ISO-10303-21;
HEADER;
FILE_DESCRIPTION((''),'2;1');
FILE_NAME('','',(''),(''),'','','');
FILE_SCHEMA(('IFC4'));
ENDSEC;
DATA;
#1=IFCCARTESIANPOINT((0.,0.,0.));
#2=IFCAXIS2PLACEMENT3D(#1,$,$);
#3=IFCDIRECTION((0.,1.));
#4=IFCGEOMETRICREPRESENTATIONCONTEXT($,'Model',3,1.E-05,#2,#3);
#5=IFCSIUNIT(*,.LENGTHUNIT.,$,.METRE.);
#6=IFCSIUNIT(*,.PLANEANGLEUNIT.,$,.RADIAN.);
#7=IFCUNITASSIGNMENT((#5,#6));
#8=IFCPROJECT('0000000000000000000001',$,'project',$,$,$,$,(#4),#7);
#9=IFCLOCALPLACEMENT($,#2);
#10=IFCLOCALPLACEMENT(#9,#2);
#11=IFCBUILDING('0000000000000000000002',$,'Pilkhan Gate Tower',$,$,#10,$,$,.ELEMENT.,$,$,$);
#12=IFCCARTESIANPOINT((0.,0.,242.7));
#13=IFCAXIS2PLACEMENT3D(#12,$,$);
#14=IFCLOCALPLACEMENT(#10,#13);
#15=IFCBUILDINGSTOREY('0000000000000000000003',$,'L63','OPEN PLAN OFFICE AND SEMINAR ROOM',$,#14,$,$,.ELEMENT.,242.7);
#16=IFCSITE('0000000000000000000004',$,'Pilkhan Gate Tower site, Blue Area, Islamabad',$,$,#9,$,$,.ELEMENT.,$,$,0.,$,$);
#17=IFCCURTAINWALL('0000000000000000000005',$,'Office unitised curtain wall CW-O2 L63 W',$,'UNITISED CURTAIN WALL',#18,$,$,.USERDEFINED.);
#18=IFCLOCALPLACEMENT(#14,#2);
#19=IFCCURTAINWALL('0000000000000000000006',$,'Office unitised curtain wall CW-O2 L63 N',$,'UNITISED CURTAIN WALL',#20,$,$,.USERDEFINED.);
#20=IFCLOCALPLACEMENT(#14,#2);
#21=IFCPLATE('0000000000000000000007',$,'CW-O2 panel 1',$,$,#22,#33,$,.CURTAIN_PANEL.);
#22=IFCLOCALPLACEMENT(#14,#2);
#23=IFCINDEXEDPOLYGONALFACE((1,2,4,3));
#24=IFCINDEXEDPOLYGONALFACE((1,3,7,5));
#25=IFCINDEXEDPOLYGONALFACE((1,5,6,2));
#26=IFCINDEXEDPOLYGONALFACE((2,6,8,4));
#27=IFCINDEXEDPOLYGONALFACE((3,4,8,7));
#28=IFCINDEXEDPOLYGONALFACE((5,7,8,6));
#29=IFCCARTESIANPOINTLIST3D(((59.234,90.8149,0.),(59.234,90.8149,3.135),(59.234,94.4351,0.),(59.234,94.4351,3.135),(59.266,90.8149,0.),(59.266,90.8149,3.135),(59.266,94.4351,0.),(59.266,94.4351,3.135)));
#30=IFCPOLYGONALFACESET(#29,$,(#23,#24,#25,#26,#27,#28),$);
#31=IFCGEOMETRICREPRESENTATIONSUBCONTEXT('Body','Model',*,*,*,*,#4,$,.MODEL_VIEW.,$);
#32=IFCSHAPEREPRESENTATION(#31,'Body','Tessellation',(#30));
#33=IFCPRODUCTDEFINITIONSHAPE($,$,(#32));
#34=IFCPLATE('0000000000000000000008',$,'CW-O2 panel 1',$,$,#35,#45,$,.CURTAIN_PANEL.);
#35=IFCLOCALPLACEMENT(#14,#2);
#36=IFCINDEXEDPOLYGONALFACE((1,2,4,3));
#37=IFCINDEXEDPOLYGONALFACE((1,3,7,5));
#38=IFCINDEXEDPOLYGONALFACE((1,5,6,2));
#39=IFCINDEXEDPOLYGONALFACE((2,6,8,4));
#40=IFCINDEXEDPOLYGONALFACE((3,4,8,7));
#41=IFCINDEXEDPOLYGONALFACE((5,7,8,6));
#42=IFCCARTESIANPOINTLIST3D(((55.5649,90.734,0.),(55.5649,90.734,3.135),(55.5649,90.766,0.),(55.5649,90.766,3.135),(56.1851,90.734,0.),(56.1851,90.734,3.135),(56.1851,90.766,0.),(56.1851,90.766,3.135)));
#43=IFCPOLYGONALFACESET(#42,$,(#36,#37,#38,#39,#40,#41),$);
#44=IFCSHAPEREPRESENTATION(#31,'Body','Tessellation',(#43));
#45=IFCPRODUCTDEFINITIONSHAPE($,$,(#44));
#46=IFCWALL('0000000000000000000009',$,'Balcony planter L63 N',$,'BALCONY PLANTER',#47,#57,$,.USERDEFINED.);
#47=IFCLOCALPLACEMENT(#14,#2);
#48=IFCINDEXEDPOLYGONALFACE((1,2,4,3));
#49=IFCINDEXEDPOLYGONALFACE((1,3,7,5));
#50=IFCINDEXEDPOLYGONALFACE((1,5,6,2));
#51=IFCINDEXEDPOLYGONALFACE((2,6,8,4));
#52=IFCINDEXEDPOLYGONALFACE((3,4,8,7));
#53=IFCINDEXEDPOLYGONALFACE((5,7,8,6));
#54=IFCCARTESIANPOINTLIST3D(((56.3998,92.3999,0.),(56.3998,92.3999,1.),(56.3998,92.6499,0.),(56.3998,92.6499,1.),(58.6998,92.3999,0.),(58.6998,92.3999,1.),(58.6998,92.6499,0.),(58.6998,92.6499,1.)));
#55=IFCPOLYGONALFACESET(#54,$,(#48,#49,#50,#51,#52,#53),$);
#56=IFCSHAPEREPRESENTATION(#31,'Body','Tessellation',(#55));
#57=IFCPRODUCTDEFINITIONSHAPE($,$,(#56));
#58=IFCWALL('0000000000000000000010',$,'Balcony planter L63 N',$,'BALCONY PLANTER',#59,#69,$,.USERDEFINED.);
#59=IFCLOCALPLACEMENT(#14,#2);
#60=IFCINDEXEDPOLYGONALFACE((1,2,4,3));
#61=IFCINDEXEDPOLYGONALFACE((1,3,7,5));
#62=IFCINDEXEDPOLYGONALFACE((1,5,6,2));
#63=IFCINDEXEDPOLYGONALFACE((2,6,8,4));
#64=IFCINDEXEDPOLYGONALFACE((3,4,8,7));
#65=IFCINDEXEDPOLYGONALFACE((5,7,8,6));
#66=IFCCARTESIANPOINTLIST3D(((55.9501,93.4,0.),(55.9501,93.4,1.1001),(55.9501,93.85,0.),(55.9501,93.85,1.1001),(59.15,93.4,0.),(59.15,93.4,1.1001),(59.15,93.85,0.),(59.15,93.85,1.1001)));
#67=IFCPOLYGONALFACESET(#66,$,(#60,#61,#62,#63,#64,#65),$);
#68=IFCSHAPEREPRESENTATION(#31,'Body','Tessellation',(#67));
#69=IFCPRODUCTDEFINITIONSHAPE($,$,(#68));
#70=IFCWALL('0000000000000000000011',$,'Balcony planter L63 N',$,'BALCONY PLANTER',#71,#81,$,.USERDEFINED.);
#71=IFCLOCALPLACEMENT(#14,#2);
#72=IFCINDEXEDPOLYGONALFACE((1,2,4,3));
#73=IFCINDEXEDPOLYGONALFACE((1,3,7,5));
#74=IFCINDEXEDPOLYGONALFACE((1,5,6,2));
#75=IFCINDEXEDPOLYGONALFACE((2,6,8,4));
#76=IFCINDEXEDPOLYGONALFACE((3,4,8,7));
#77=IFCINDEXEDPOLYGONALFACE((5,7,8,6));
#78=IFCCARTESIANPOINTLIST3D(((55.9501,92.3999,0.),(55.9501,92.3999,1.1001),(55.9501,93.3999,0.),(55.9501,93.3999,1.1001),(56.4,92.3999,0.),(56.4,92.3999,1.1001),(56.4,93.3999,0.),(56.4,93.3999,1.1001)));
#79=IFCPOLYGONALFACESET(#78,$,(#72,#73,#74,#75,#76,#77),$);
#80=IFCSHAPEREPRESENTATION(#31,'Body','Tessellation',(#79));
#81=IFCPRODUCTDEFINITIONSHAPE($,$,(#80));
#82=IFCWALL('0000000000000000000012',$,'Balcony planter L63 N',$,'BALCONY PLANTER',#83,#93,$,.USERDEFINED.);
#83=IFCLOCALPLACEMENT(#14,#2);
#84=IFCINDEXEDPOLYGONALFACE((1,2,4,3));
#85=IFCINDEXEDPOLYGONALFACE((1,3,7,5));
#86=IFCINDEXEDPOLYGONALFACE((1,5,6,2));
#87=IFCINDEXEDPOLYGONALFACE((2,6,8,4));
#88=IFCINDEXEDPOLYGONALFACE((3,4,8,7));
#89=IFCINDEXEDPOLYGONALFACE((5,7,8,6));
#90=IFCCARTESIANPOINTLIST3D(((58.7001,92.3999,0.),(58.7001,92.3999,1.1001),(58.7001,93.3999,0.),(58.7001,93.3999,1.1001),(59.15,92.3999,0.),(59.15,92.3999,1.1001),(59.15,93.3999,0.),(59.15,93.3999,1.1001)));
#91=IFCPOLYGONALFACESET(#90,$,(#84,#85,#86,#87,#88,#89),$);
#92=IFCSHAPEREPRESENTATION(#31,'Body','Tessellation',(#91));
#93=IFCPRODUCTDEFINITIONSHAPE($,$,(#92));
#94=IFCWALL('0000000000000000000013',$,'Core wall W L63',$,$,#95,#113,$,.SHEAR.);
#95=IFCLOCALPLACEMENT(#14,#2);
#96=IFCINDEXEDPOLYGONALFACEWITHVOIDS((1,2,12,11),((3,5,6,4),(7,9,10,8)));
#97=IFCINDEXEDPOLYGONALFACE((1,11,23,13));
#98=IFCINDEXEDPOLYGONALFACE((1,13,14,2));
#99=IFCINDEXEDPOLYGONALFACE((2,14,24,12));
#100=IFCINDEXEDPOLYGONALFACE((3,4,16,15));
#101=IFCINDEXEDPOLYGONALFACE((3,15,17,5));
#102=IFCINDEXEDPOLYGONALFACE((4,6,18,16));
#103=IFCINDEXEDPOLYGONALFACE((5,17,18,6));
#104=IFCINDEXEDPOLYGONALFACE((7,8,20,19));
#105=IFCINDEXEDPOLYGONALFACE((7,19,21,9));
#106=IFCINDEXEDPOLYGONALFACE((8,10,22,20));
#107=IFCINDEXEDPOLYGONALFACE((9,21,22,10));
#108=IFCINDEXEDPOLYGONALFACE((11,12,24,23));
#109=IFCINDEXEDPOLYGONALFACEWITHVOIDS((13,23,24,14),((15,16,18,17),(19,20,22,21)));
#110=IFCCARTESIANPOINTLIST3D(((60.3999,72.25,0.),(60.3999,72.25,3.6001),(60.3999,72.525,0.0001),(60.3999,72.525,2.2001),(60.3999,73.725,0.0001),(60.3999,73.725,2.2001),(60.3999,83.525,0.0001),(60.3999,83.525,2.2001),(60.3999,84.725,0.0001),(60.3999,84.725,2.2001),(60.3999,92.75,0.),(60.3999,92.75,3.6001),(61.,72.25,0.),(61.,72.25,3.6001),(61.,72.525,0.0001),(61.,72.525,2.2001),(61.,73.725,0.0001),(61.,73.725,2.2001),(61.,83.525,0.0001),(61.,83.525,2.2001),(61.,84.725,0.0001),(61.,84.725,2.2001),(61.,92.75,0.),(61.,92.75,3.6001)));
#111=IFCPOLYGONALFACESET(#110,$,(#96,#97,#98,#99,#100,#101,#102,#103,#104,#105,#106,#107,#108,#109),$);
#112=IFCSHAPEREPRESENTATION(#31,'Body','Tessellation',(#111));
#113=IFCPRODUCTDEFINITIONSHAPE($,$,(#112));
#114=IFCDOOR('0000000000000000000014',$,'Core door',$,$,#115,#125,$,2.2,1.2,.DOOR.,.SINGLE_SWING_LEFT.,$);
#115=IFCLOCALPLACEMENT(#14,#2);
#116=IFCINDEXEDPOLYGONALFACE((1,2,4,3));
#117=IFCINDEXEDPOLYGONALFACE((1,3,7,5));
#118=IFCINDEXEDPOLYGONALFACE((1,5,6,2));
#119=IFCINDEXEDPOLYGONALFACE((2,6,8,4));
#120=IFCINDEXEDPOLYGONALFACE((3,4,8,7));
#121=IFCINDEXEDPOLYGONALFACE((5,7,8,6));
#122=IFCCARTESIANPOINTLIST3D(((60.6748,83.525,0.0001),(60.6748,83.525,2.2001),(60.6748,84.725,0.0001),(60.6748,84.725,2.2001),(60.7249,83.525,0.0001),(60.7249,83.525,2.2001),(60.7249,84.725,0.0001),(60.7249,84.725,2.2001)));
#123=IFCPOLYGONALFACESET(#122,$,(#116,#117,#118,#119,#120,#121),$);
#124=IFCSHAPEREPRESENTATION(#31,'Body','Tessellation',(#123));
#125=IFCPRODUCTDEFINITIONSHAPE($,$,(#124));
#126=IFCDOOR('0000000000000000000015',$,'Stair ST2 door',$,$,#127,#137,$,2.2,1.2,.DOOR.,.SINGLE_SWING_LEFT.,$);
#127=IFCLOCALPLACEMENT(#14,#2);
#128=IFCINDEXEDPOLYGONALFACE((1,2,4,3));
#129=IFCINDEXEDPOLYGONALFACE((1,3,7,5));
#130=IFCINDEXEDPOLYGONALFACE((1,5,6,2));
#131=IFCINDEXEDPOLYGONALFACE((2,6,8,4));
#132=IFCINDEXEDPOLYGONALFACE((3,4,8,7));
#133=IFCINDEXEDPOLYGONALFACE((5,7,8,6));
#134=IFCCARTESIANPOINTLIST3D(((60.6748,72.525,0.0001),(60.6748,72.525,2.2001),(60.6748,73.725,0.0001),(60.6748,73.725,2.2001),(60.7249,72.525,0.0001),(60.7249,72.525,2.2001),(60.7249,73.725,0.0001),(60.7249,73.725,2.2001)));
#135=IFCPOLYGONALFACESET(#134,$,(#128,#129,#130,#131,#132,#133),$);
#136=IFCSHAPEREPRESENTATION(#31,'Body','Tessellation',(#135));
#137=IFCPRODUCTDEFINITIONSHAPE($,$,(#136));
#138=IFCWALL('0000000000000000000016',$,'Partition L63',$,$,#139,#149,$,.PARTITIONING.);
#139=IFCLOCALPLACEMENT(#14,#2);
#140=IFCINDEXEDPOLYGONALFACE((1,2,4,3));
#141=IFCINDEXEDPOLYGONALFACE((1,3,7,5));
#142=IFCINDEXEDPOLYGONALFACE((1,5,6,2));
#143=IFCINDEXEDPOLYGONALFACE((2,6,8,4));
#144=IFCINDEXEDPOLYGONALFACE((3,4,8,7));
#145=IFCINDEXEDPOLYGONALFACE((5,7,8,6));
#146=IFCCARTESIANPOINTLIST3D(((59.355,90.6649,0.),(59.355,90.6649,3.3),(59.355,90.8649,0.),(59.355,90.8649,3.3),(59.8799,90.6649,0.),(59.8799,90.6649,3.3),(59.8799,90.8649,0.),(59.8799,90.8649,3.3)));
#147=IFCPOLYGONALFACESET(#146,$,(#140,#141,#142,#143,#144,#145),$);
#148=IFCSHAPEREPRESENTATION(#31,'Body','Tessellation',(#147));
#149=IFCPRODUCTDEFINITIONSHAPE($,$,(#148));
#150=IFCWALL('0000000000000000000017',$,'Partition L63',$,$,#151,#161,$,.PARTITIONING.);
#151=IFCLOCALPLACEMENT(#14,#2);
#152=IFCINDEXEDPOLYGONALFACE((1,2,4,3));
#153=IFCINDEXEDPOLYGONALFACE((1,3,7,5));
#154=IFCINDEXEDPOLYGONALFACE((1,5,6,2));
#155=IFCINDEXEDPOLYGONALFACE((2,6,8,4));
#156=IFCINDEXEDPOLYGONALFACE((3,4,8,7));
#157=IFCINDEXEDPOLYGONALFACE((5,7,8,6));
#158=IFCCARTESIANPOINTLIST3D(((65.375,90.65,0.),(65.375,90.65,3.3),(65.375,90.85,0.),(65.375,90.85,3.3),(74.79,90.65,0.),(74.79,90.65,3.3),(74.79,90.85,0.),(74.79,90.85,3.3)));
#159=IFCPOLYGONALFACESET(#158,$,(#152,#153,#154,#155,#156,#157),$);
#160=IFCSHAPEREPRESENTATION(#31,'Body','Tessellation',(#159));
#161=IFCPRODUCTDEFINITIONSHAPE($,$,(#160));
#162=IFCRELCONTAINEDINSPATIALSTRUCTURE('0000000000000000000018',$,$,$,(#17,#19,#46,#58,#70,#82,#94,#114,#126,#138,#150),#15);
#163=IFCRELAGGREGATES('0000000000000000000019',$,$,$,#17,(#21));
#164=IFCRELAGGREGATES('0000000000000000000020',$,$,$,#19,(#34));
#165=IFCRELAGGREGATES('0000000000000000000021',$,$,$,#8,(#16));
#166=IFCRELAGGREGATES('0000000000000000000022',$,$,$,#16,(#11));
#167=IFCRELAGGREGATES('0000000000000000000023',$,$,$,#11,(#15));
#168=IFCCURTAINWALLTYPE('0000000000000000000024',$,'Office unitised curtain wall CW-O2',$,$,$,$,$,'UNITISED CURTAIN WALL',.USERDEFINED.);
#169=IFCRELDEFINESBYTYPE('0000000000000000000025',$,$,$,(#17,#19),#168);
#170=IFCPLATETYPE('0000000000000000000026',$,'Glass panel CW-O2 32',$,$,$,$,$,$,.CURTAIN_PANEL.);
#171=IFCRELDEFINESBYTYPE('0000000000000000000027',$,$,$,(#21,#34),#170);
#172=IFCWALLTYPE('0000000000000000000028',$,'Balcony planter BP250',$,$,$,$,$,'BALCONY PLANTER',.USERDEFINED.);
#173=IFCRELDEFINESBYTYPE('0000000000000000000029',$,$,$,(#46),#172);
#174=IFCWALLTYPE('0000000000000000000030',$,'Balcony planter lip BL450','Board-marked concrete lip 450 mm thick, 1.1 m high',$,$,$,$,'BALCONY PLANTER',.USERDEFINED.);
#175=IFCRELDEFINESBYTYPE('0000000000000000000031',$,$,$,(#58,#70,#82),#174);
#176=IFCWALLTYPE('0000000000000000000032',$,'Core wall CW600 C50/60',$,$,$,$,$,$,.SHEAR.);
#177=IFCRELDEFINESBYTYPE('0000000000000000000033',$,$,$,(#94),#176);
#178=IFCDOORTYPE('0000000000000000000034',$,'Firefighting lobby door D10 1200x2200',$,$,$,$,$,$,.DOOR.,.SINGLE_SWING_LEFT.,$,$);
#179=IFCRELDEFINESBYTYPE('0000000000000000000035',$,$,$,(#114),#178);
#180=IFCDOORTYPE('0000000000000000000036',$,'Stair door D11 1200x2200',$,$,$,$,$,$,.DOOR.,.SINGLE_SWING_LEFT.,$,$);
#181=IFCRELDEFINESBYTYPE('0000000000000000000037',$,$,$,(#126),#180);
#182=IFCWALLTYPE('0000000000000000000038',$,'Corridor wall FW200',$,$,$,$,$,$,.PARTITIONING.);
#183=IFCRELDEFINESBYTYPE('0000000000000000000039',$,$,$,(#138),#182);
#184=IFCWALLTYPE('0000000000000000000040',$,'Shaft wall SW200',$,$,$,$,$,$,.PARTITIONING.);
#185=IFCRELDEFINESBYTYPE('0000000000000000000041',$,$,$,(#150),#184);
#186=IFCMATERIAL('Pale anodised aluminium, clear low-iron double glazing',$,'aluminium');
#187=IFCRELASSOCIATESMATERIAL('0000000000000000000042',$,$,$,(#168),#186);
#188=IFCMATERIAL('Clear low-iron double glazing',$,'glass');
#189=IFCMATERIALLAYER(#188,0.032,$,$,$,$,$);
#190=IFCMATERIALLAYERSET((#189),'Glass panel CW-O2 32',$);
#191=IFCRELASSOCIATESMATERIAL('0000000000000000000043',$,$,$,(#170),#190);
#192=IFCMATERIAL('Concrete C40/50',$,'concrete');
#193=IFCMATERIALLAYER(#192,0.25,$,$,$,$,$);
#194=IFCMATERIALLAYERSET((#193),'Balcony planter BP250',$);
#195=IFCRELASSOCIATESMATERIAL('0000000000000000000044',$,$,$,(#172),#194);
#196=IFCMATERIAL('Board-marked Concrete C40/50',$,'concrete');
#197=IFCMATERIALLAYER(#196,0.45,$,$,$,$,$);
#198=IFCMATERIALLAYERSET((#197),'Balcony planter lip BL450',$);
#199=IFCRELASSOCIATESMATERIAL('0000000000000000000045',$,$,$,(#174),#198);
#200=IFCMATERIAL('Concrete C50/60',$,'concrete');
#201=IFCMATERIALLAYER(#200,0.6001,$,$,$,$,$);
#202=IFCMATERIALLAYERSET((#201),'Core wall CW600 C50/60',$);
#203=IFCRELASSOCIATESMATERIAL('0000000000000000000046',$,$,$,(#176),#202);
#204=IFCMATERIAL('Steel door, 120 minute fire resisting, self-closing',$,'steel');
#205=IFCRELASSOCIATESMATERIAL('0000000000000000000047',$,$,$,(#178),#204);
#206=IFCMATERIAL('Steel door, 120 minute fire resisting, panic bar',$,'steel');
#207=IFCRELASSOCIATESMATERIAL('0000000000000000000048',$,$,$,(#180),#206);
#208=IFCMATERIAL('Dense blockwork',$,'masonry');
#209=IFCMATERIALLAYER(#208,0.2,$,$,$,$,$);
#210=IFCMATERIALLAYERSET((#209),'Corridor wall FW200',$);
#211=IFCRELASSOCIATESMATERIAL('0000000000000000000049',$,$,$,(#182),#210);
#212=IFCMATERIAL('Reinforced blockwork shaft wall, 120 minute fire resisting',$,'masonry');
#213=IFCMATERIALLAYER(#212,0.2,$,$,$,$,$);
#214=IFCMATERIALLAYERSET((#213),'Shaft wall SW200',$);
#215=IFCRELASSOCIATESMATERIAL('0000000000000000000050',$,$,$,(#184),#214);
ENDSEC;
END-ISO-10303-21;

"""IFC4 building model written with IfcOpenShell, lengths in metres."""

from ifc_helpers import new_model, si_unit, direction, frame, frame_2d, origin, origin_2d, place, context, subcontext, project, spatial, rectangle, extrude, material, layer, layer_set, type_object, element, fill, aggregate, save


model = new_model("IFC4")

# Units and contexts
model_context = context("Model", 3, precision=1e-05, world=origin(), true_north=direction((0.0, 1.0)))
body_context = subcontext(model_context, "Body", "Model", "MODEL_VIEW")
ifc_project = project(units=[si_unit("LENGTHUNIT", "METRE"), si_unit("PLANEANGLEUNIT", "RADIAN")], contexts=[model_context])

# Site, building, storey
site_placement = place(None, origin())
site = spatial("IfcSite", under=ifc_project, at=site_placement, Name="Pilkhan Gate Tower site, Blue Area, Islamabad", CompositionType="ELEMENT", RefElevation=0.0)
building_placement = place(site_placement, origin())
building = spatial("IfcBuilding", under=site, at=building_placement, Name="Pilkhan Gate Tower", CompositionType="ELEMENT")
storey_placement = place(building_placement, frame((0.0, 0.0, 242.7)))
storey = spatial("IfcBuildingStorey", under=building, at=storey_placement, Name="L63", Description="OPEN PLAN OFFICE AND SEMINAR ROOM", CompositionType="ELEMENT", Elevation=242.7)

# Shared definitions
ifc_material_1 = material(Name="Concrete C50/60", Category="concrete")

# Curtain walls
ifc_material_2 = material(Name="Pale anodised aluminium, clear low-iron double glazing", Category="aluminium")
curtain_wall_type = type_object("IfcCurtainWallType", Name="Office unitised curtain wall CW-O2", ElementType="UNITISED CURTAIN WALL", PredefinedType="USERDEFINED", material=ifc_material_2)
curtain_wall_1_placement = place(storey_placement, origin())
curtain_wall_1 = element("IfcCurtainWall", 1, at=curtain_wall_1_placement, inside=storey, type_object=curtain_wall_type, Name="Office unitised curtain wall CW-O2 L63 W", ObjectType="UNITISED CURTAIN WALL", PredefinedType="USERDEFINED")
curtain_wall_2_placement = place(storey_placement, origin())
curtain_wall_2 = element("IfcCurtainWall", 2, at=curtain_wall_2_placement, inside=storey, type_object=curtain_wall_type, Name="Office unitised curtain wall CW-O2 L63 N", ObjectType="UNITISED CURTAIN WALL", PredefinedType="USERDEFINED")

# Plates
ifc_material_3 = material(Name="Clear low-iron double glazing", Category="glass")
ifc_layer_1 = layer(ifc_material_3, 0.032)
ifc_layer_set_1 = layer_set([ifc_layer_1], Name="Glass panel CW-O2 32")
plate_type = type_object("IfcPlateType", Name="Glass panel CW-O2 32", PredefinedType="CURTAIN_PANEL", material=ifc_layer_set_1)
plate_1_placement = place(storey_placement, frame((59.25, 92.625, 0.0), z_axis=(0.0, 0.0, 1.0), x_axis=(0.0, 1.0, 0.0)))
plate_1 = element("IfcPlate", 3, at=plate_1_placement, type_object=plate_type, Name="CW-O2 panel 1", PredefinedType="CURTAIN_PANEL", context=body_context, shape_type="SweptSolid", body=[
    extrude(rectangle(XDim=3.6201, YDim=0.032, at=origin_2d()), origin(), (0.0, 0.0, 1.0), 3.135),
])
aggregate(curtain_wall_1, [plate_1])
plate_2_placement = place(storey_placement, frame((55.875, 90.75, 0.0), z_axis=(0.0, 0.0, 1.0), x_axis=(1.0, 0.0, 0.0)))
plate_2 = element("IfcPlate", 4, at=plate_2_placement, type_object=plate_type, Name="CW-O2 panel 1", PredefinedType="CURTAIN_PANEL", context=body_context, shape_type="SweptSolid", body=[
    extrude(rectangle(XDim=0.6201, YDim=0.032, at=origin_2d()), origin(), (0.0, 0.0, 1.0), 3.135),
])
aggregate(curtain_wall_2, [plate_2])

# Walls
ifc_material_4 = material(Name="Concrete C40/50", Category="concrete")
ifc_layer_2 = layer(ifc_material_4, 0.25)
ifc_layer_set_2 = layer_set([ifc_layer_2], Name="Balcony planter BP250")
wall_type_1 = type_object("IfcWallType", Name="Balcony planter BP250", ElementType="BALCONY PLANTER", PredefinedType="USERDEFINED", material=ifc_layer_set_2)
wall_1_placement = place(storey_placement, frame((56.3999, 92.5249, 0.0), z_axis=(0.0, 0.0, 1.0), x_axis=(1.0, 0.0, 0.0)))
element("IfcWall", 5, at=wall_1_placement, inside=storey, type_object=wall_type_1, Name="Balcony planter L63 N", ObjectType="BALCONY PLANTER", PredefinedType="USERDEFINED", context=body_context, shape_type="SweptSolid", body=[
    extrude(rectangle(XDim=2.3, YDim=0.25, at=frame_2d((1.1499, 0.0))), origin(), (0.0, 0.0, 1.0), 1.0),
])
ifc_material_5 = material(Name="Board-marked Concrete C40/50", Category="concrete")
ifc_layer_3 = layer(ifc_material_5, 0.45)
ifc_layer_set_3 = layer_set([ifc_layer_3], Name="Balcony planter lip BL450")
wall_type_2 = type_object("IfcWallType", Name="Balcony planter lip BL450", Description="Board-marked concrete lip 450 mm thick, 1.1 m high", ElementType="BALCONY PLANTER", PredefinedType="USERDEFINED", material=ifc_layer_set_3)
wall_2_placement = place(storey_placement, frame((55.95, 93.625, 0.0), z_axis=(0.0, 0.0, 1.0), x_axis=(1.0, 0.0, 0.0)))
element("IfcWall", 6, at=wall_2_placement, inside=storey, type_object=wall_type_2, Name="Balcony planter L63 N", ObjectType="BALCONY PLANTER", PredefinedType="USERDEFINED", context=body_context, shape_type="SweptSolid", body=[
    extrude(rectangle(XDim=3.2, YDim=0.45, at=frame_2d((1.6001, 0.0))), origin(), (0.0, 0.0, 1.0), 1.1001),
])
for number, where, z_axis, x_axis, name in (
    (7, (56.175, 92.3999, 0.0), (0.0, 0.0, 1.0), (0.0, 1.0, 0.0), "Balcony planter L63 N"),
    (8, (58.925, 92.3999, 0.0), (0.0, 0.0, 1.0), (0.0, 1.0, 0.0), "Balcony planter L63 N"),
):
    element("IfcWall", number, at=place(storey_placement, frame(where, z_axis=z_axis, x_axis=x_axis)), inside=storey, type_object=wall_type_2, Name=name, ObjectType="BALCONY PLANTER", PredefinedType="USERDEFINED", context=body_context, shape_type="SweptSolid", body=[
        extrude(rectangle(XDim=1.0, YDim=0.45, at=frame_2d((0.5, 0.0))), origin(), (0.0, 0.0, 1.0), 1.1001),
    ])

# Wall, openings, doors
ifc_layer_4 = layer(ifc_material_1, 0.6001)
ifc_layer_set_4 = layer_set([ifc_layer_4], Name="Core wall CW600 C50/60")
wall_type_3 = type_object("IfcWallType", Name="Core wall CW600 C50/60", PredefinedType="SHEAR", material=ifc_layer_set_4)
wall_3_placement = place(storey_placement, frame((60.7, 92.75, 0.0), z_axis=(0.0, 0.0, 1.0), x_axis=(0.0, -1.0, 0.0)))
wall_3 = element("IfcWall", 9, at=wall_3_placement, inside=storey, type_object=wall_type_3, Name="Core wall W L63", PredefinedType="SHEAR", context=body_context, shape_type="SweptSolid", body=[
    extrude(rectangle(XDim=20.5, YDim=0.6001, at=frame_2d((10.25, 0.0))), origin(), (0.0, 0.0, 1.0), 3.6001),
])
opening_1_placement = place(wall_3_placement, frame((19.0249, 0.0, 0.0)))
opening_1 = element("IfcOpeningElement", 10, at=opening_1_placement, cuts=wall_3, PredefinedType="OPENING", context=body_context, shape_type="SweptSolid", body=[
    extrude(rectangle(XDim=1.2, YDim=2.2, at=frame_2d((0.6001, 1.1001))), frame((0.0, 0.3101, 0.0), z_axis=(0.0, -1.0, 0.0), x_axis=(1.0, 0.0, 0.0)), (0.0, 0.0, 1.0), 0.6201),
])
opening_2_placement = place(wall_3_placement, frame((8.0249, 0.0, 0.0)))
opening_2 = element("IfcOpeningElement", 11, at=opening_2_placement, cuts=wall_3, PredefinedType="OPENING", context=body_context, shape_type="SweptSolid", body=[
    extrude(rectangle(XDim=1.2, YDim=2.2, at=frame_2d((0.6001, 1.1001))), frame((0.0, 0.3101, 0.0), z_axis=(0.0, -1.0, 0.0), x_axis=(1.0, 0.0, 0.0)), (0.0, 0.0, 1.0), 0.6201),
])
ifc_material_6 = material(Name="Steel door, 120 minute fire resisting, self-closing", Category="steel")
door_type_1 = type_object("IfcDoorType", Name="Firefighting lobby door D10 1200x2200", OperationType="SINGLE_SWING_LEFT", PredefinedType="DOOR", material=ifc_material_6)
door_1_placement = place(opening_2_placement, origin())
door_1 = element("IfcDoor", 12, at=door_1_placement, inside=storey, type_object=door_type_1, Name="Core door", OperationType="SINGLE_SWING_LEFT", OverallHeight=2.2, OverallWidth=1.2, PredefinedType="DOOR", context=body_context, shape_type="SweptSolid", body=[
    extrude(rectangle(XDim=1.2, YDim=2.2, at=frame_2d((0.6001, 1.1001))), frame((0.0, 0.0249, 0.0), z_axis=(0.0, -1.0, 0.0), x_axis=(1.0, 0.0, 0.0)), (0.0, 0.0, 1.0), 0.05),
])
fill(opening_2, door_1)
ifc_material_7 = material(Name="Steel door, 120 minute fire resisting, panic bar", Category="steel")
door_type_2 = type_object("IfcDoorType", Name="Stair door D11 1200x2200", OperationType="SINGLE_SWING_LEFT", PredefinedType="DOOR", material=ifc_material_7)
door_2_placement = place(opening_1_placement, origin())
door_2 = element("IfcDoor", 13, at=door_2_placement, inside=storey, type_object=door_type_2, Name="Stair ST2 door", OperationType="SINGLE_SWING_LEFT", OverallHeight=2.2, OverallWidth=1.2, PredefinedType="DOOR", context=body_context, shape_type="SweptSolid", body=[
    extrude(rectangle(XDim=1.2, YDim=2.2, at=frame_2d((0.6001, 1.1001))), frame((0.0, 0.0249, 0.0), z_axis=(0.0, -1.0, 0.0), x_axis=(1.0, 0.0, 0.0)), (0.0, 0.0, 1.0), 0.05),
])
fill(opening_1, door_2)

# Wall
ifc_material_8 = material(Name="Dense blockwork", Category="masonry")
ifc_layer_5 = layer(ifc_material_8, 0.2)
ifc_layer_set_5 = layer_set([ifc_layer_5], Name="Corridor wall FW200")
wall_type_4 = type_object("IfcWallType", Name="Corridor wall FW200", PredefinedType="PARTITIONING", material=ifc_layer_set_5)
wall_4_placement = place(storey_placement, frame((59.355, 90.7649, 0.0), z_axis=(0.0, 0.0, 1.0), x_axis=(1.0, 0.0, 0.0)))
element("IfcWall", 14, at=wall_4_placement, inside=storey, type_object=wall_type_4, Name="Partition L63", PredefinedType="PARTITIONING", context=body_context, shape_type="SweptSolid", body=[
    extrude(rectangle(XDim=0.5249, YDim=0.2, at=frame_2d((0.2625, 0.0))), origin(), (0.0, 0.0, 1.0), 3.3),
])

# Wall
ifc_material_9 = material(Name="Reinforced blockwork shaft wall, 120 minute fire resisting", Category="masonry")
ifc_layer_6 = layer(ifc_material_9, 0.2)
ifc_layer_set_6 = layer_set([ifc_layer_6], Name="Shaft wall SW200")
wall_type_5 = type_object("IfcWallType", Name="Shaft wall SW200", PredefinedType="PARTITIONING", material=ifc_layer_set_6)
wall_5_placement = place(storey_placement, frame((65.375, 90.75, 0.0), z_axis=(0.0, 0.0, 1.0), x_axis=(1.0, 0.0, 0.0)))
element("IfcWall", 15, at=wall_5_placement, inside=storey, type_object=wall_type_5, Name="Partition L63", PredefinedType="PARTITIONING", context=body_context, shape_type="SweptSolid", body=[
    extrude(rectangle(XDim=9.415, YDim=0.2, at=frame_2d((4.7075, 0.0))), origin(), (0.0, 0.0, 1.0), 3.3),
])

save(model, "model.ifc")
